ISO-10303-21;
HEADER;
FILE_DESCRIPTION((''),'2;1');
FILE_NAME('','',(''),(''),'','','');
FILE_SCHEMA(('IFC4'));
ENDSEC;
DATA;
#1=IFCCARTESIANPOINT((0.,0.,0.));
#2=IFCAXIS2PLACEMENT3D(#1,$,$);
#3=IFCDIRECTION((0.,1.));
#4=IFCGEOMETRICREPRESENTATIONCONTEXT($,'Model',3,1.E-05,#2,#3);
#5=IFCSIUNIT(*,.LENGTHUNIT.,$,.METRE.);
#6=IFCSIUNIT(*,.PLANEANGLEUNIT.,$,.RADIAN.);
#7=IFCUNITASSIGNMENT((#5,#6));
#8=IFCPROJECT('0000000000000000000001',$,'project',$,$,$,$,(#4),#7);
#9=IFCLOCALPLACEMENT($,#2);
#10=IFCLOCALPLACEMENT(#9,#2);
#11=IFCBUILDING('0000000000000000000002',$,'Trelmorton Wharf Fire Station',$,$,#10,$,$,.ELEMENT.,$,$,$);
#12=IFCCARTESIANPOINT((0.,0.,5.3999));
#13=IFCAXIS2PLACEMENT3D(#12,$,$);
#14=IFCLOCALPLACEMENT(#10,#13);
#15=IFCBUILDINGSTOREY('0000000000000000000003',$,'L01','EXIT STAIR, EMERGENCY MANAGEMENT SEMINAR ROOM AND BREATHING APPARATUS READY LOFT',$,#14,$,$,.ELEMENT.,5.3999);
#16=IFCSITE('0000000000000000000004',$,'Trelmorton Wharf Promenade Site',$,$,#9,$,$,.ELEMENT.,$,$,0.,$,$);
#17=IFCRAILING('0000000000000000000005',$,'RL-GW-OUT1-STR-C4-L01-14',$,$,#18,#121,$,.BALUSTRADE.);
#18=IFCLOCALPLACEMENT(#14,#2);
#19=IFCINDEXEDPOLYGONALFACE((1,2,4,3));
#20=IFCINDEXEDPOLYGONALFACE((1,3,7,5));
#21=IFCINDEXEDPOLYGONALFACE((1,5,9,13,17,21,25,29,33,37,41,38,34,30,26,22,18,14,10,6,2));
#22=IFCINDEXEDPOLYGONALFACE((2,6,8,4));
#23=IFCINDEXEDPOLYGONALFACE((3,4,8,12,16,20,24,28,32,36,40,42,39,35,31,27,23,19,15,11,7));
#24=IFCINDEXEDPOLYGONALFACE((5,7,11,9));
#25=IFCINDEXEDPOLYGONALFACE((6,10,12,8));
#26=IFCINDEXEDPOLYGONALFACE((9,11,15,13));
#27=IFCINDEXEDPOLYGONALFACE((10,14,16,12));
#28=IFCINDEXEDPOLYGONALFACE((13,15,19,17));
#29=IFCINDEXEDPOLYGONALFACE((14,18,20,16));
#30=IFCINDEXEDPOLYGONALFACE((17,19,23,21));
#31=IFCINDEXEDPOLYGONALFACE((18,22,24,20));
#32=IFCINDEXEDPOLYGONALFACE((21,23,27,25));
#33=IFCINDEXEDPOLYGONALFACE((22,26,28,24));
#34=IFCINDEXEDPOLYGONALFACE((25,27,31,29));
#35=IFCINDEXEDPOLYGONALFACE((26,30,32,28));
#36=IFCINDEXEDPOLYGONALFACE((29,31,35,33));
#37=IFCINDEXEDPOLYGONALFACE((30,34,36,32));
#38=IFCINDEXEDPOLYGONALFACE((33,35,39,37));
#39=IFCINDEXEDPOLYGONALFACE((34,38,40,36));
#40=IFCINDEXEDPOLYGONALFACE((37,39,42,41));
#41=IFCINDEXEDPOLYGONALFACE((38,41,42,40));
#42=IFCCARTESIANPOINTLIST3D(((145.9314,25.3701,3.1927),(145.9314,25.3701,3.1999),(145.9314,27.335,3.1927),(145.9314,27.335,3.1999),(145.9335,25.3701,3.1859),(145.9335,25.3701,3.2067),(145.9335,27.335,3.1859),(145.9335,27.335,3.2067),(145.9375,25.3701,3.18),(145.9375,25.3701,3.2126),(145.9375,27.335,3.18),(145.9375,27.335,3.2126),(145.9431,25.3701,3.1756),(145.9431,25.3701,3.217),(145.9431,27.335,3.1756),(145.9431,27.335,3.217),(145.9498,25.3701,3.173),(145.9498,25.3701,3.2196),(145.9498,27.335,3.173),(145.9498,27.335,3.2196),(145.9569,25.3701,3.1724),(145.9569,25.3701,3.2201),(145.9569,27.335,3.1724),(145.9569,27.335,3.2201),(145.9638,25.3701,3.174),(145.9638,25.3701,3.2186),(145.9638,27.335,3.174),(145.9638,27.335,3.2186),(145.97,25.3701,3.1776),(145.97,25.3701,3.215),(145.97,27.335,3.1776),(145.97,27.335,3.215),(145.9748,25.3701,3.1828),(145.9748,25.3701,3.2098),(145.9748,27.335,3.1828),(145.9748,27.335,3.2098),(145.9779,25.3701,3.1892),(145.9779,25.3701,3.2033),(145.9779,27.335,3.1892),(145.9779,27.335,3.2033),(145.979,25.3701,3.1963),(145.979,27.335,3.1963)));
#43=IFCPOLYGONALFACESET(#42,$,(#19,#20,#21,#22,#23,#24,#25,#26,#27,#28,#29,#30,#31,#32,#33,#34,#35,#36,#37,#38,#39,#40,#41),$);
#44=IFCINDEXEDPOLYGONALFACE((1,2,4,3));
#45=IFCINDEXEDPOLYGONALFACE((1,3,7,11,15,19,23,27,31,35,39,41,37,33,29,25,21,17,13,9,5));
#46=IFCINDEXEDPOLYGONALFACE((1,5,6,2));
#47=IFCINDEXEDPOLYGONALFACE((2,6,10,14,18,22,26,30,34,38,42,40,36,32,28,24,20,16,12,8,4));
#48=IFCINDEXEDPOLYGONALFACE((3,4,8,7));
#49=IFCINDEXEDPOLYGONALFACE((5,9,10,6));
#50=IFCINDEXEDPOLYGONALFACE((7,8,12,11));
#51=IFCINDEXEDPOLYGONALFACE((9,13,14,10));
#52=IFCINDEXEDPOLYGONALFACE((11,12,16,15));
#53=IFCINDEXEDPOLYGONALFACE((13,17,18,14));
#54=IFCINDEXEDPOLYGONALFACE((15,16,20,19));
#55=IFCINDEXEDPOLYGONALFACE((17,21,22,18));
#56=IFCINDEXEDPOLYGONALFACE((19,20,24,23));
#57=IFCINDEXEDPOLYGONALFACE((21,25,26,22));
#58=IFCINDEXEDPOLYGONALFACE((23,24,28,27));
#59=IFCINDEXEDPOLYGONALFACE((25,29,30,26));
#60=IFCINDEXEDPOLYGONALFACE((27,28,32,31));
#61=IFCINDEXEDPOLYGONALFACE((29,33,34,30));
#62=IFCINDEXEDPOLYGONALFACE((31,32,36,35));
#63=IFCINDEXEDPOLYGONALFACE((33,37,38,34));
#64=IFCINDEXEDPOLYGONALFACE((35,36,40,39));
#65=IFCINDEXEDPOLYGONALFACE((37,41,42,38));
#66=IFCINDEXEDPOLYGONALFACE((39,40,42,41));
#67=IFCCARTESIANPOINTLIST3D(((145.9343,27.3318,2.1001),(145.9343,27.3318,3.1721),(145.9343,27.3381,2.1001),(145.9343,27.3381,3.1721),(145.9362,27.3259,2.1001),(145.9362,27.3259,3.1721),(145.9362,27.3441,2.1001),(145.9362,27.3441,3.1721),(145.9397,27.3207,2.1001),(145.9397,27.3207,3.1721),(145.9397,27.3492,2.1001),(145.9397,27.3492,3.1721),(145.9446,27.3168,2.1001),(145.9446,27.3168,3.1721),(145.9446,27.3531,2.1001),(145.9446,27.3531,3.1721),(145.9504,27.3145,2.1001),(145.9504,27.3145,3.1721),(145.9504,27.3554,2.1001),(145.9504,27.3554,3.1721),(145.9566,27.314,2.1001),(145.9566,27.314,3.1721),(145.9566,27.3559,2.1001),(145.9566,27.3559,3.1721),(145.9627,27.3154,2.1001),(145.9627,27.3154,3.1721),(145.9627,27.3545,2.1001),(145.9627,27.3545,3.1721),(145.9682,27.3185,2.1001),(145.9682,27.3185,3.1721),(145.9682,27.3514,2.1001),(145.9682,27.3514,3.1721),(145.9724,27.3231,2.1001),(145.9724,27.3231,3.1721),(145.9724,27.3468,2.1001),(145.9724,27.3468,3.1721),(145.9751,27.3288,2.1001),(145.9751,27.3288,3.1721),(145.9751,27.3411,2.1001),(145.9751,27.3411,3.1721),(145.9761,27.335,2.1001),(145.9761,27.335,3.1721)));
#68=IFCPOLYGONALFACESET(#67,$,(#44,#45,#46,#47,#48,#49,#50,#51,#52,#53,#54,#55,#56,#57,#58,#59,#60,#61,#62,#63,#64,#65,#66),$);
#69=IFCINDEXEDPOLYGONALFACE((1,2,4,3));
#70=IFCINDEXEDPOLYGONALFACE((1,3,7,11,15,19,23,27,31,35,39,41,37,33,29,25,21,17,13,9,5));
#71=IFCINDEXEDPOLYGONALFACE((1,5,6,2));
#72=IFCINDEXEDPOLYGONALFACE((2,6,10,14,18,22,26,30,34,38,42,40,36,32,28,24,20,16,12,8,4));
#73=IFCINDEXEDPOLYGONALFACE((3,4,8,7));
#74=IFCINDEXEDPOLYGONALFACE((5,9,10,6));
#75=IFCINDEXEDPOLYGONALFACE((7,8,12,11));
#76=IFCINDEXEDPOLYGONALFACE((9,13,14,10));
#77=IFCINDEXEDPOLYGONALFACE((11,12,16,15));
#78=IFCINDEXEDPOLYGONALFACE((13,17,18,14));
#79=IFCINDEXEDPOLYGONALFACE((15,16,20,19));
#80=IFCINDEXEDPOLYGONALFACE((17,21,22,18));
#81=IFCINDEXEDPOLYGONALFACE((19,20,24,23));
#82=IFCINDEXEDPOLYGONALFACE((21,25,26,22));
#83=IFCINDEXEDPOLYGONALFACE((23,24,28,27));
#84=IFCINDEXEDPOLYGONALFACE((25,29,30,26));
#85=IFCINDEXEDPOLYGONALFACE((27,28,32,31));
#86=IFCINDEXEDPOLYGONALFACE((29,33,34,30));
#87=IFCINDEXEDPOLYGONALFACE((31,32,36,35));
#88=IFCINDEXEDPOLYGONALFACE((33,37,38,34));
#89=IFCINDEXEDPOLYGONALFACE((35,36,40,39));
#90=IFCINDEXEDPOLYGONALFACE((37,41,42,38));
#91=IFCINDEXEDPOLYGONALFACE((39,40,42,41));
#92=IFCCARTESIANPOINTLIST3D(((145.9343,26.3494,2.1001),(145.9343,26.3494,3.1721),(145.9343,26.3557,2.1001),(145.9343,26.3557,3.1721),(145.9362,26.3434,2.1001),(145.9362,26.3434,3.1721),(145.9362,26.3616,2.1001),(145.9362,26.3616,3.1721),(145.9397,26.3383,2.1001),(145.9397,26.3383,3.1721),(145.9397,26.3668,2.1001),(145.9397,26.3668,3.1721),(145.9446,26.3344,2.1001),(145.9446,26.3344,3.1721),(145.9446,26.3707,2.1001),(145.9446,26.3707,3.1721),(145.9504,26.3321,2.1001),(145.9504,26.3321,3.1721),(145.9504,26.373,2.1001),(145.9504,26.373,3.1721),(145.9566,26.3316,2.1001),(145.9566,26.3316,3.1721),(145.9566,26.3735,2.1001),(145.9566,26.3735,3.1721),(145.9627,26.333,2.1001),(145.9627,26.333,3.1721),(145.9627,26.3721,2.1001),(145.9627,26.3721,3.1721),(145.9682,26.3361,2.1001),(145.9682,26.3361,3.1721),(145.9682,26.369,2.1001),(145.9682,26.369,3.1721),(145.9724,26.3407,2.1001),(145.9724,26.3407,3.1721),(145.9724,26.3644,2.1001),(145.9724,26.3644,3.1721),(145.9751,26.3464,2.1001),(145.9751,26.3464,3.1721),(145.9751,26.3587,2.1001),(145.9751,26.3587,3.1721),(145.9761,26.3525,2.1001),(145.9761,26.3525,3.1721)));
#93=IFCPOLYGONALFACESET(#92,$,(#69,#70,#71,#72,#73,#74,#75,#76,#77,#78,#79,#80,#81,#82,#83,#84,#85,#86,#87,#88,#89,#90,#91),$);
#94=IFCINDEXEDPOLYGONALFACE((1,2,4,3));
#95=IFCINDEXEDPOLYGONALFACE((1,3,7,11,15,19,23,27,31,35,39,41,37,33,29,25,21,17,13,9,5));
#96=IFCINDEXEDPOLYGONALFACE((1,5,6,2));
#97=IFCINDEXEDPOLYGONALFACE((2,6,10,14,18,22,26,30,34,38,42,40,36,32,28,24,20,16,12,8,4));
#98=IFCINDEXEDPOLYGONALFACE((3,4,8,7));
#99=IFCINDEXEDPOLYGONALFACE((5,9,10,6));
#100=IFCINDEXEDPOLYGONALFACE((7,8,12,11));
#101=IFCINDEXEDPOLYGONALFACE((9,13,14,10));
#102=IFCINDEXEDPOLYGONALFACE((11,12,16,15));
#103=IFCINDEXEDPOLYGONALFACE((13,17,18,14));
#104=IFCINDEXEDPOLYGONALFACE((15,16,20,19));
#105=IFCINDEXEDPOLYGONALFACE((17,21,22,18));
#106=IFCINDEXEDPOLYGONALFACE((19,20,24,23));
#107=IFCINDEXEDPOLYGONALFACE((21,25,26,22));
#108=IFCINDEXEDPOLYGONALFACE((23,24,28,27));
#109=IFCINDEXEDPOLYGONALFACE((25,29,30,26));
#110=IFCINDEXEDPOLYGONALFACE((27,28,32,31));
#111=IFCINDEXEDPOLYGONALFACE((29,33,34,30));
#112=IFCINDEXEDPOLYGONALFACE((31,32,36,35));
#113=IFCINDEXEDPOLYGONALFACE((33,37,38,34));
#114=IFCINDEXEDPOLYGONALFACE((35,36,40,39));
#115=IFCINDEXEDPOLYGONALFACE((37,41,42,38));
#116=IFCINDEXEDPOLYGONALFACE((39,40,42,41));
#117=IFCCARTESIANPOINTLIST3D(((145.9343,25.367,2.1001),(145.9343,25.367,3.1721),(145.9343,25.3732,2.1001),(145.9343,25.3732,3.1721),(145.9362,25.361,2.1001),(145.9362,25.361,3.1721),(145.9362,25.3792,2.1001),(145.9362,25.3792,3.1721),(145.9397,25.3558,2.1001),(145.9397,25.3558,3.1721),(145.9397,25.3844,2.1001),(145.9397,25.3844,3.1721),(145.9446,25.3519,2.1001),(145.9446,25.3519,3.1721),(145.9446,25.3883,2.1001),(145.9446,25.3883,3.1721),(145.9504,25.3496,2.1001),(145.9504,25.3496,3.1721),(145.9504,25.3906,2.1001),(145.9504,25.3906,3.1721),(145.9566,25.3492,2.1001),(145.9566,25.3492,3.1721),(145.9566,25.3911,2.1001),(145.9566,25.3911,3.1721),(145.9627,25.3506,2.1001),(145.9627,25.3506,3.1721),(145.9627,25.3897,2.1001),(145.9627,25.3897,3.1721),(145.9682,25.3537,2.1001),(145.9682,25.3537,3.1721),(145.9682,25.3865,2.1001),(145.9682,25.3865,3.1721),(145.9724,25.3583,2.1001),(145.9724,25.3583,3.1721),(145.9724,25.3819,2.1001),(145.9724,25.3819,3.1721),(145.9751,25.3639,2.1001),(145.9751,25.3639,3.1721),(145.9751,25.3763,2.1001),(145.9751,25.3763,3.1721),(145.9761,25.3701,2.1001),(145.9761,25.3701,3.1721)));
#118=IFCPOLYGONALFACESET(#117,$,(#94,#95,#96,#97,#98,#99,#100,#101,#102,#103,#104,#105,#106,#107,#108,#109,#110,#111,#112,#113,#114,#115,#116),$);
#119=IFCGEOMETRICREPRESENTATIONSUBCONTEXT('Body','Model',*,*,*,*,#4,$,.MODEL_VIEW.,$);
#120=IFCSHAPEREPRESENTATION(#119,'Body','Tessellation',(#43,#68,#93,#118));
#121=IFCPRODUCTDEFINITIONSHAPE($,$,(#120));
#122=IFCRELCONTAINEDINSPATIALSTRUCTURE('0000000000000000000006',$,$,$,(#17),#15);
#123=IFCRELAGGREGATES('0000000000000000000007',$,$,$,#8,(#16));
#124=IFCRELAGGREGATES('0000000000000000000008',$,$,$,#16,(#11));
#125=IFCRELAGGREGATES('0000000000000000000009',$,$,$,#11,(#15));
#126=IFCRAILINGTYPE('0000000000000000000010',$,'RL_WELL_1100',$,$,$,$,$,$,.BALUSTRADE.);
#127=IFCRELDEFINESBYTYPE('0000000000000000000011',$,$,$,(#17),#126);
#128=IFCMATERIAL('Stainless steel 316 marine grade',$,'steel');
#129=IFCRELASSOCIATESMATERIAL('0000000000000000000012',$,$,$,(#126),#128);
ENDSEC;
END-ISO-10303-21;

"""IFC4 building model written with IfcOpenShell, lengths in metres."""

from ifc_helpers import new_model, si_unit, direction, frame, origin, origin_2d, place, context, subcontext, project, spatial, circle, extrude, material, type_object, element, save


model = new_model("IFC4")

# Units and contexts
model_context = context("Model", 3, precision=1e-05, world=origin(), true_north=direction((0.0, 1.0)))
body_context = subcontext(model_context, "Body", "Model", "MODEL_VIEW")
ifc_project = project(units=[si_unit("LENGTHUNIT", "METRE"), si_unit("PLANEANGLEUNIT", "RADIAN")], contexts=[model_context])

# Site, building, storey
site_placement = place(None, origin())
site = spatial("IfcSite", under=ifc_project, at=site_placement, Name="Trelmorton Wharf Promenade Site", CompositionType="ELEMENT", RefElevation=0.0)
building_placement = place(site_placement, origin())
building = spatial("IfcBuilding", under=site, at=building_placement, Name="Trelmorton Wharf Fire Station", CompositionType="ELEMENT")
storey_placement = place(building_placement, frame((0.0, 0.0, 5.3999)))
storey = spatial("IfcBuildingStorey", under=building, at=storey_placement, Name="L01", Description="EXIT STAIR, EMERGENCY MANAGEMENT SEMINAR ROOM AND BREATHING APPARATUS READY LOFT", CompositionType="ELEMENT", Elevation=5.3999)

# Shared definitions
ifc_material_1 = material(Name="Stainless steel 316 marine grade", Category="steel")

# Railing
railing_type_1 = type_object("IfcRailingType", Name="RL_WELL_1100", PredefinedType="BALUSTRADE", material=ifc_material_1)
railing_1_placement = place(storey_placement, frame((145.9551, 27.335, 2.1001)))
element("IfcRailing", 1, at=railing_1_placement, inside=storey, type_object=railing_type_1, Name="RL-GW-OUT1-STR-C4-L01-14", PredefinedType="BALUSTRADE", context=body_context, shape_type="SweptSolid", body=[
    extrude(circle(Radius=0.0239, at=origin_2d()), frame((0.0, 0.0, 1.0962), z_axis=(0.0, -1.0, 0.0), x_axis=(1.0, 0.0, 0.0)), (0.0, 0.0, 1.0), 1.9648),
    extrude(circle(Radius=0.021, at=origin_2d()), origin(), (0.0, 0.0, 1.0), 1.072),
    extrude(circle(Radius=0.021, at=origin_2d()), frame((0.0, -0.9824, 0.0)), (0.0, 0.0, 1.0), 1.072),
    extrude(circle(Radius=0.021, at=origin_2d()), frame((0.0, -1.9648, 0.0)), (0.0, 0.0, 1.0), 1.072),
])

save(model, "model.ifc")
